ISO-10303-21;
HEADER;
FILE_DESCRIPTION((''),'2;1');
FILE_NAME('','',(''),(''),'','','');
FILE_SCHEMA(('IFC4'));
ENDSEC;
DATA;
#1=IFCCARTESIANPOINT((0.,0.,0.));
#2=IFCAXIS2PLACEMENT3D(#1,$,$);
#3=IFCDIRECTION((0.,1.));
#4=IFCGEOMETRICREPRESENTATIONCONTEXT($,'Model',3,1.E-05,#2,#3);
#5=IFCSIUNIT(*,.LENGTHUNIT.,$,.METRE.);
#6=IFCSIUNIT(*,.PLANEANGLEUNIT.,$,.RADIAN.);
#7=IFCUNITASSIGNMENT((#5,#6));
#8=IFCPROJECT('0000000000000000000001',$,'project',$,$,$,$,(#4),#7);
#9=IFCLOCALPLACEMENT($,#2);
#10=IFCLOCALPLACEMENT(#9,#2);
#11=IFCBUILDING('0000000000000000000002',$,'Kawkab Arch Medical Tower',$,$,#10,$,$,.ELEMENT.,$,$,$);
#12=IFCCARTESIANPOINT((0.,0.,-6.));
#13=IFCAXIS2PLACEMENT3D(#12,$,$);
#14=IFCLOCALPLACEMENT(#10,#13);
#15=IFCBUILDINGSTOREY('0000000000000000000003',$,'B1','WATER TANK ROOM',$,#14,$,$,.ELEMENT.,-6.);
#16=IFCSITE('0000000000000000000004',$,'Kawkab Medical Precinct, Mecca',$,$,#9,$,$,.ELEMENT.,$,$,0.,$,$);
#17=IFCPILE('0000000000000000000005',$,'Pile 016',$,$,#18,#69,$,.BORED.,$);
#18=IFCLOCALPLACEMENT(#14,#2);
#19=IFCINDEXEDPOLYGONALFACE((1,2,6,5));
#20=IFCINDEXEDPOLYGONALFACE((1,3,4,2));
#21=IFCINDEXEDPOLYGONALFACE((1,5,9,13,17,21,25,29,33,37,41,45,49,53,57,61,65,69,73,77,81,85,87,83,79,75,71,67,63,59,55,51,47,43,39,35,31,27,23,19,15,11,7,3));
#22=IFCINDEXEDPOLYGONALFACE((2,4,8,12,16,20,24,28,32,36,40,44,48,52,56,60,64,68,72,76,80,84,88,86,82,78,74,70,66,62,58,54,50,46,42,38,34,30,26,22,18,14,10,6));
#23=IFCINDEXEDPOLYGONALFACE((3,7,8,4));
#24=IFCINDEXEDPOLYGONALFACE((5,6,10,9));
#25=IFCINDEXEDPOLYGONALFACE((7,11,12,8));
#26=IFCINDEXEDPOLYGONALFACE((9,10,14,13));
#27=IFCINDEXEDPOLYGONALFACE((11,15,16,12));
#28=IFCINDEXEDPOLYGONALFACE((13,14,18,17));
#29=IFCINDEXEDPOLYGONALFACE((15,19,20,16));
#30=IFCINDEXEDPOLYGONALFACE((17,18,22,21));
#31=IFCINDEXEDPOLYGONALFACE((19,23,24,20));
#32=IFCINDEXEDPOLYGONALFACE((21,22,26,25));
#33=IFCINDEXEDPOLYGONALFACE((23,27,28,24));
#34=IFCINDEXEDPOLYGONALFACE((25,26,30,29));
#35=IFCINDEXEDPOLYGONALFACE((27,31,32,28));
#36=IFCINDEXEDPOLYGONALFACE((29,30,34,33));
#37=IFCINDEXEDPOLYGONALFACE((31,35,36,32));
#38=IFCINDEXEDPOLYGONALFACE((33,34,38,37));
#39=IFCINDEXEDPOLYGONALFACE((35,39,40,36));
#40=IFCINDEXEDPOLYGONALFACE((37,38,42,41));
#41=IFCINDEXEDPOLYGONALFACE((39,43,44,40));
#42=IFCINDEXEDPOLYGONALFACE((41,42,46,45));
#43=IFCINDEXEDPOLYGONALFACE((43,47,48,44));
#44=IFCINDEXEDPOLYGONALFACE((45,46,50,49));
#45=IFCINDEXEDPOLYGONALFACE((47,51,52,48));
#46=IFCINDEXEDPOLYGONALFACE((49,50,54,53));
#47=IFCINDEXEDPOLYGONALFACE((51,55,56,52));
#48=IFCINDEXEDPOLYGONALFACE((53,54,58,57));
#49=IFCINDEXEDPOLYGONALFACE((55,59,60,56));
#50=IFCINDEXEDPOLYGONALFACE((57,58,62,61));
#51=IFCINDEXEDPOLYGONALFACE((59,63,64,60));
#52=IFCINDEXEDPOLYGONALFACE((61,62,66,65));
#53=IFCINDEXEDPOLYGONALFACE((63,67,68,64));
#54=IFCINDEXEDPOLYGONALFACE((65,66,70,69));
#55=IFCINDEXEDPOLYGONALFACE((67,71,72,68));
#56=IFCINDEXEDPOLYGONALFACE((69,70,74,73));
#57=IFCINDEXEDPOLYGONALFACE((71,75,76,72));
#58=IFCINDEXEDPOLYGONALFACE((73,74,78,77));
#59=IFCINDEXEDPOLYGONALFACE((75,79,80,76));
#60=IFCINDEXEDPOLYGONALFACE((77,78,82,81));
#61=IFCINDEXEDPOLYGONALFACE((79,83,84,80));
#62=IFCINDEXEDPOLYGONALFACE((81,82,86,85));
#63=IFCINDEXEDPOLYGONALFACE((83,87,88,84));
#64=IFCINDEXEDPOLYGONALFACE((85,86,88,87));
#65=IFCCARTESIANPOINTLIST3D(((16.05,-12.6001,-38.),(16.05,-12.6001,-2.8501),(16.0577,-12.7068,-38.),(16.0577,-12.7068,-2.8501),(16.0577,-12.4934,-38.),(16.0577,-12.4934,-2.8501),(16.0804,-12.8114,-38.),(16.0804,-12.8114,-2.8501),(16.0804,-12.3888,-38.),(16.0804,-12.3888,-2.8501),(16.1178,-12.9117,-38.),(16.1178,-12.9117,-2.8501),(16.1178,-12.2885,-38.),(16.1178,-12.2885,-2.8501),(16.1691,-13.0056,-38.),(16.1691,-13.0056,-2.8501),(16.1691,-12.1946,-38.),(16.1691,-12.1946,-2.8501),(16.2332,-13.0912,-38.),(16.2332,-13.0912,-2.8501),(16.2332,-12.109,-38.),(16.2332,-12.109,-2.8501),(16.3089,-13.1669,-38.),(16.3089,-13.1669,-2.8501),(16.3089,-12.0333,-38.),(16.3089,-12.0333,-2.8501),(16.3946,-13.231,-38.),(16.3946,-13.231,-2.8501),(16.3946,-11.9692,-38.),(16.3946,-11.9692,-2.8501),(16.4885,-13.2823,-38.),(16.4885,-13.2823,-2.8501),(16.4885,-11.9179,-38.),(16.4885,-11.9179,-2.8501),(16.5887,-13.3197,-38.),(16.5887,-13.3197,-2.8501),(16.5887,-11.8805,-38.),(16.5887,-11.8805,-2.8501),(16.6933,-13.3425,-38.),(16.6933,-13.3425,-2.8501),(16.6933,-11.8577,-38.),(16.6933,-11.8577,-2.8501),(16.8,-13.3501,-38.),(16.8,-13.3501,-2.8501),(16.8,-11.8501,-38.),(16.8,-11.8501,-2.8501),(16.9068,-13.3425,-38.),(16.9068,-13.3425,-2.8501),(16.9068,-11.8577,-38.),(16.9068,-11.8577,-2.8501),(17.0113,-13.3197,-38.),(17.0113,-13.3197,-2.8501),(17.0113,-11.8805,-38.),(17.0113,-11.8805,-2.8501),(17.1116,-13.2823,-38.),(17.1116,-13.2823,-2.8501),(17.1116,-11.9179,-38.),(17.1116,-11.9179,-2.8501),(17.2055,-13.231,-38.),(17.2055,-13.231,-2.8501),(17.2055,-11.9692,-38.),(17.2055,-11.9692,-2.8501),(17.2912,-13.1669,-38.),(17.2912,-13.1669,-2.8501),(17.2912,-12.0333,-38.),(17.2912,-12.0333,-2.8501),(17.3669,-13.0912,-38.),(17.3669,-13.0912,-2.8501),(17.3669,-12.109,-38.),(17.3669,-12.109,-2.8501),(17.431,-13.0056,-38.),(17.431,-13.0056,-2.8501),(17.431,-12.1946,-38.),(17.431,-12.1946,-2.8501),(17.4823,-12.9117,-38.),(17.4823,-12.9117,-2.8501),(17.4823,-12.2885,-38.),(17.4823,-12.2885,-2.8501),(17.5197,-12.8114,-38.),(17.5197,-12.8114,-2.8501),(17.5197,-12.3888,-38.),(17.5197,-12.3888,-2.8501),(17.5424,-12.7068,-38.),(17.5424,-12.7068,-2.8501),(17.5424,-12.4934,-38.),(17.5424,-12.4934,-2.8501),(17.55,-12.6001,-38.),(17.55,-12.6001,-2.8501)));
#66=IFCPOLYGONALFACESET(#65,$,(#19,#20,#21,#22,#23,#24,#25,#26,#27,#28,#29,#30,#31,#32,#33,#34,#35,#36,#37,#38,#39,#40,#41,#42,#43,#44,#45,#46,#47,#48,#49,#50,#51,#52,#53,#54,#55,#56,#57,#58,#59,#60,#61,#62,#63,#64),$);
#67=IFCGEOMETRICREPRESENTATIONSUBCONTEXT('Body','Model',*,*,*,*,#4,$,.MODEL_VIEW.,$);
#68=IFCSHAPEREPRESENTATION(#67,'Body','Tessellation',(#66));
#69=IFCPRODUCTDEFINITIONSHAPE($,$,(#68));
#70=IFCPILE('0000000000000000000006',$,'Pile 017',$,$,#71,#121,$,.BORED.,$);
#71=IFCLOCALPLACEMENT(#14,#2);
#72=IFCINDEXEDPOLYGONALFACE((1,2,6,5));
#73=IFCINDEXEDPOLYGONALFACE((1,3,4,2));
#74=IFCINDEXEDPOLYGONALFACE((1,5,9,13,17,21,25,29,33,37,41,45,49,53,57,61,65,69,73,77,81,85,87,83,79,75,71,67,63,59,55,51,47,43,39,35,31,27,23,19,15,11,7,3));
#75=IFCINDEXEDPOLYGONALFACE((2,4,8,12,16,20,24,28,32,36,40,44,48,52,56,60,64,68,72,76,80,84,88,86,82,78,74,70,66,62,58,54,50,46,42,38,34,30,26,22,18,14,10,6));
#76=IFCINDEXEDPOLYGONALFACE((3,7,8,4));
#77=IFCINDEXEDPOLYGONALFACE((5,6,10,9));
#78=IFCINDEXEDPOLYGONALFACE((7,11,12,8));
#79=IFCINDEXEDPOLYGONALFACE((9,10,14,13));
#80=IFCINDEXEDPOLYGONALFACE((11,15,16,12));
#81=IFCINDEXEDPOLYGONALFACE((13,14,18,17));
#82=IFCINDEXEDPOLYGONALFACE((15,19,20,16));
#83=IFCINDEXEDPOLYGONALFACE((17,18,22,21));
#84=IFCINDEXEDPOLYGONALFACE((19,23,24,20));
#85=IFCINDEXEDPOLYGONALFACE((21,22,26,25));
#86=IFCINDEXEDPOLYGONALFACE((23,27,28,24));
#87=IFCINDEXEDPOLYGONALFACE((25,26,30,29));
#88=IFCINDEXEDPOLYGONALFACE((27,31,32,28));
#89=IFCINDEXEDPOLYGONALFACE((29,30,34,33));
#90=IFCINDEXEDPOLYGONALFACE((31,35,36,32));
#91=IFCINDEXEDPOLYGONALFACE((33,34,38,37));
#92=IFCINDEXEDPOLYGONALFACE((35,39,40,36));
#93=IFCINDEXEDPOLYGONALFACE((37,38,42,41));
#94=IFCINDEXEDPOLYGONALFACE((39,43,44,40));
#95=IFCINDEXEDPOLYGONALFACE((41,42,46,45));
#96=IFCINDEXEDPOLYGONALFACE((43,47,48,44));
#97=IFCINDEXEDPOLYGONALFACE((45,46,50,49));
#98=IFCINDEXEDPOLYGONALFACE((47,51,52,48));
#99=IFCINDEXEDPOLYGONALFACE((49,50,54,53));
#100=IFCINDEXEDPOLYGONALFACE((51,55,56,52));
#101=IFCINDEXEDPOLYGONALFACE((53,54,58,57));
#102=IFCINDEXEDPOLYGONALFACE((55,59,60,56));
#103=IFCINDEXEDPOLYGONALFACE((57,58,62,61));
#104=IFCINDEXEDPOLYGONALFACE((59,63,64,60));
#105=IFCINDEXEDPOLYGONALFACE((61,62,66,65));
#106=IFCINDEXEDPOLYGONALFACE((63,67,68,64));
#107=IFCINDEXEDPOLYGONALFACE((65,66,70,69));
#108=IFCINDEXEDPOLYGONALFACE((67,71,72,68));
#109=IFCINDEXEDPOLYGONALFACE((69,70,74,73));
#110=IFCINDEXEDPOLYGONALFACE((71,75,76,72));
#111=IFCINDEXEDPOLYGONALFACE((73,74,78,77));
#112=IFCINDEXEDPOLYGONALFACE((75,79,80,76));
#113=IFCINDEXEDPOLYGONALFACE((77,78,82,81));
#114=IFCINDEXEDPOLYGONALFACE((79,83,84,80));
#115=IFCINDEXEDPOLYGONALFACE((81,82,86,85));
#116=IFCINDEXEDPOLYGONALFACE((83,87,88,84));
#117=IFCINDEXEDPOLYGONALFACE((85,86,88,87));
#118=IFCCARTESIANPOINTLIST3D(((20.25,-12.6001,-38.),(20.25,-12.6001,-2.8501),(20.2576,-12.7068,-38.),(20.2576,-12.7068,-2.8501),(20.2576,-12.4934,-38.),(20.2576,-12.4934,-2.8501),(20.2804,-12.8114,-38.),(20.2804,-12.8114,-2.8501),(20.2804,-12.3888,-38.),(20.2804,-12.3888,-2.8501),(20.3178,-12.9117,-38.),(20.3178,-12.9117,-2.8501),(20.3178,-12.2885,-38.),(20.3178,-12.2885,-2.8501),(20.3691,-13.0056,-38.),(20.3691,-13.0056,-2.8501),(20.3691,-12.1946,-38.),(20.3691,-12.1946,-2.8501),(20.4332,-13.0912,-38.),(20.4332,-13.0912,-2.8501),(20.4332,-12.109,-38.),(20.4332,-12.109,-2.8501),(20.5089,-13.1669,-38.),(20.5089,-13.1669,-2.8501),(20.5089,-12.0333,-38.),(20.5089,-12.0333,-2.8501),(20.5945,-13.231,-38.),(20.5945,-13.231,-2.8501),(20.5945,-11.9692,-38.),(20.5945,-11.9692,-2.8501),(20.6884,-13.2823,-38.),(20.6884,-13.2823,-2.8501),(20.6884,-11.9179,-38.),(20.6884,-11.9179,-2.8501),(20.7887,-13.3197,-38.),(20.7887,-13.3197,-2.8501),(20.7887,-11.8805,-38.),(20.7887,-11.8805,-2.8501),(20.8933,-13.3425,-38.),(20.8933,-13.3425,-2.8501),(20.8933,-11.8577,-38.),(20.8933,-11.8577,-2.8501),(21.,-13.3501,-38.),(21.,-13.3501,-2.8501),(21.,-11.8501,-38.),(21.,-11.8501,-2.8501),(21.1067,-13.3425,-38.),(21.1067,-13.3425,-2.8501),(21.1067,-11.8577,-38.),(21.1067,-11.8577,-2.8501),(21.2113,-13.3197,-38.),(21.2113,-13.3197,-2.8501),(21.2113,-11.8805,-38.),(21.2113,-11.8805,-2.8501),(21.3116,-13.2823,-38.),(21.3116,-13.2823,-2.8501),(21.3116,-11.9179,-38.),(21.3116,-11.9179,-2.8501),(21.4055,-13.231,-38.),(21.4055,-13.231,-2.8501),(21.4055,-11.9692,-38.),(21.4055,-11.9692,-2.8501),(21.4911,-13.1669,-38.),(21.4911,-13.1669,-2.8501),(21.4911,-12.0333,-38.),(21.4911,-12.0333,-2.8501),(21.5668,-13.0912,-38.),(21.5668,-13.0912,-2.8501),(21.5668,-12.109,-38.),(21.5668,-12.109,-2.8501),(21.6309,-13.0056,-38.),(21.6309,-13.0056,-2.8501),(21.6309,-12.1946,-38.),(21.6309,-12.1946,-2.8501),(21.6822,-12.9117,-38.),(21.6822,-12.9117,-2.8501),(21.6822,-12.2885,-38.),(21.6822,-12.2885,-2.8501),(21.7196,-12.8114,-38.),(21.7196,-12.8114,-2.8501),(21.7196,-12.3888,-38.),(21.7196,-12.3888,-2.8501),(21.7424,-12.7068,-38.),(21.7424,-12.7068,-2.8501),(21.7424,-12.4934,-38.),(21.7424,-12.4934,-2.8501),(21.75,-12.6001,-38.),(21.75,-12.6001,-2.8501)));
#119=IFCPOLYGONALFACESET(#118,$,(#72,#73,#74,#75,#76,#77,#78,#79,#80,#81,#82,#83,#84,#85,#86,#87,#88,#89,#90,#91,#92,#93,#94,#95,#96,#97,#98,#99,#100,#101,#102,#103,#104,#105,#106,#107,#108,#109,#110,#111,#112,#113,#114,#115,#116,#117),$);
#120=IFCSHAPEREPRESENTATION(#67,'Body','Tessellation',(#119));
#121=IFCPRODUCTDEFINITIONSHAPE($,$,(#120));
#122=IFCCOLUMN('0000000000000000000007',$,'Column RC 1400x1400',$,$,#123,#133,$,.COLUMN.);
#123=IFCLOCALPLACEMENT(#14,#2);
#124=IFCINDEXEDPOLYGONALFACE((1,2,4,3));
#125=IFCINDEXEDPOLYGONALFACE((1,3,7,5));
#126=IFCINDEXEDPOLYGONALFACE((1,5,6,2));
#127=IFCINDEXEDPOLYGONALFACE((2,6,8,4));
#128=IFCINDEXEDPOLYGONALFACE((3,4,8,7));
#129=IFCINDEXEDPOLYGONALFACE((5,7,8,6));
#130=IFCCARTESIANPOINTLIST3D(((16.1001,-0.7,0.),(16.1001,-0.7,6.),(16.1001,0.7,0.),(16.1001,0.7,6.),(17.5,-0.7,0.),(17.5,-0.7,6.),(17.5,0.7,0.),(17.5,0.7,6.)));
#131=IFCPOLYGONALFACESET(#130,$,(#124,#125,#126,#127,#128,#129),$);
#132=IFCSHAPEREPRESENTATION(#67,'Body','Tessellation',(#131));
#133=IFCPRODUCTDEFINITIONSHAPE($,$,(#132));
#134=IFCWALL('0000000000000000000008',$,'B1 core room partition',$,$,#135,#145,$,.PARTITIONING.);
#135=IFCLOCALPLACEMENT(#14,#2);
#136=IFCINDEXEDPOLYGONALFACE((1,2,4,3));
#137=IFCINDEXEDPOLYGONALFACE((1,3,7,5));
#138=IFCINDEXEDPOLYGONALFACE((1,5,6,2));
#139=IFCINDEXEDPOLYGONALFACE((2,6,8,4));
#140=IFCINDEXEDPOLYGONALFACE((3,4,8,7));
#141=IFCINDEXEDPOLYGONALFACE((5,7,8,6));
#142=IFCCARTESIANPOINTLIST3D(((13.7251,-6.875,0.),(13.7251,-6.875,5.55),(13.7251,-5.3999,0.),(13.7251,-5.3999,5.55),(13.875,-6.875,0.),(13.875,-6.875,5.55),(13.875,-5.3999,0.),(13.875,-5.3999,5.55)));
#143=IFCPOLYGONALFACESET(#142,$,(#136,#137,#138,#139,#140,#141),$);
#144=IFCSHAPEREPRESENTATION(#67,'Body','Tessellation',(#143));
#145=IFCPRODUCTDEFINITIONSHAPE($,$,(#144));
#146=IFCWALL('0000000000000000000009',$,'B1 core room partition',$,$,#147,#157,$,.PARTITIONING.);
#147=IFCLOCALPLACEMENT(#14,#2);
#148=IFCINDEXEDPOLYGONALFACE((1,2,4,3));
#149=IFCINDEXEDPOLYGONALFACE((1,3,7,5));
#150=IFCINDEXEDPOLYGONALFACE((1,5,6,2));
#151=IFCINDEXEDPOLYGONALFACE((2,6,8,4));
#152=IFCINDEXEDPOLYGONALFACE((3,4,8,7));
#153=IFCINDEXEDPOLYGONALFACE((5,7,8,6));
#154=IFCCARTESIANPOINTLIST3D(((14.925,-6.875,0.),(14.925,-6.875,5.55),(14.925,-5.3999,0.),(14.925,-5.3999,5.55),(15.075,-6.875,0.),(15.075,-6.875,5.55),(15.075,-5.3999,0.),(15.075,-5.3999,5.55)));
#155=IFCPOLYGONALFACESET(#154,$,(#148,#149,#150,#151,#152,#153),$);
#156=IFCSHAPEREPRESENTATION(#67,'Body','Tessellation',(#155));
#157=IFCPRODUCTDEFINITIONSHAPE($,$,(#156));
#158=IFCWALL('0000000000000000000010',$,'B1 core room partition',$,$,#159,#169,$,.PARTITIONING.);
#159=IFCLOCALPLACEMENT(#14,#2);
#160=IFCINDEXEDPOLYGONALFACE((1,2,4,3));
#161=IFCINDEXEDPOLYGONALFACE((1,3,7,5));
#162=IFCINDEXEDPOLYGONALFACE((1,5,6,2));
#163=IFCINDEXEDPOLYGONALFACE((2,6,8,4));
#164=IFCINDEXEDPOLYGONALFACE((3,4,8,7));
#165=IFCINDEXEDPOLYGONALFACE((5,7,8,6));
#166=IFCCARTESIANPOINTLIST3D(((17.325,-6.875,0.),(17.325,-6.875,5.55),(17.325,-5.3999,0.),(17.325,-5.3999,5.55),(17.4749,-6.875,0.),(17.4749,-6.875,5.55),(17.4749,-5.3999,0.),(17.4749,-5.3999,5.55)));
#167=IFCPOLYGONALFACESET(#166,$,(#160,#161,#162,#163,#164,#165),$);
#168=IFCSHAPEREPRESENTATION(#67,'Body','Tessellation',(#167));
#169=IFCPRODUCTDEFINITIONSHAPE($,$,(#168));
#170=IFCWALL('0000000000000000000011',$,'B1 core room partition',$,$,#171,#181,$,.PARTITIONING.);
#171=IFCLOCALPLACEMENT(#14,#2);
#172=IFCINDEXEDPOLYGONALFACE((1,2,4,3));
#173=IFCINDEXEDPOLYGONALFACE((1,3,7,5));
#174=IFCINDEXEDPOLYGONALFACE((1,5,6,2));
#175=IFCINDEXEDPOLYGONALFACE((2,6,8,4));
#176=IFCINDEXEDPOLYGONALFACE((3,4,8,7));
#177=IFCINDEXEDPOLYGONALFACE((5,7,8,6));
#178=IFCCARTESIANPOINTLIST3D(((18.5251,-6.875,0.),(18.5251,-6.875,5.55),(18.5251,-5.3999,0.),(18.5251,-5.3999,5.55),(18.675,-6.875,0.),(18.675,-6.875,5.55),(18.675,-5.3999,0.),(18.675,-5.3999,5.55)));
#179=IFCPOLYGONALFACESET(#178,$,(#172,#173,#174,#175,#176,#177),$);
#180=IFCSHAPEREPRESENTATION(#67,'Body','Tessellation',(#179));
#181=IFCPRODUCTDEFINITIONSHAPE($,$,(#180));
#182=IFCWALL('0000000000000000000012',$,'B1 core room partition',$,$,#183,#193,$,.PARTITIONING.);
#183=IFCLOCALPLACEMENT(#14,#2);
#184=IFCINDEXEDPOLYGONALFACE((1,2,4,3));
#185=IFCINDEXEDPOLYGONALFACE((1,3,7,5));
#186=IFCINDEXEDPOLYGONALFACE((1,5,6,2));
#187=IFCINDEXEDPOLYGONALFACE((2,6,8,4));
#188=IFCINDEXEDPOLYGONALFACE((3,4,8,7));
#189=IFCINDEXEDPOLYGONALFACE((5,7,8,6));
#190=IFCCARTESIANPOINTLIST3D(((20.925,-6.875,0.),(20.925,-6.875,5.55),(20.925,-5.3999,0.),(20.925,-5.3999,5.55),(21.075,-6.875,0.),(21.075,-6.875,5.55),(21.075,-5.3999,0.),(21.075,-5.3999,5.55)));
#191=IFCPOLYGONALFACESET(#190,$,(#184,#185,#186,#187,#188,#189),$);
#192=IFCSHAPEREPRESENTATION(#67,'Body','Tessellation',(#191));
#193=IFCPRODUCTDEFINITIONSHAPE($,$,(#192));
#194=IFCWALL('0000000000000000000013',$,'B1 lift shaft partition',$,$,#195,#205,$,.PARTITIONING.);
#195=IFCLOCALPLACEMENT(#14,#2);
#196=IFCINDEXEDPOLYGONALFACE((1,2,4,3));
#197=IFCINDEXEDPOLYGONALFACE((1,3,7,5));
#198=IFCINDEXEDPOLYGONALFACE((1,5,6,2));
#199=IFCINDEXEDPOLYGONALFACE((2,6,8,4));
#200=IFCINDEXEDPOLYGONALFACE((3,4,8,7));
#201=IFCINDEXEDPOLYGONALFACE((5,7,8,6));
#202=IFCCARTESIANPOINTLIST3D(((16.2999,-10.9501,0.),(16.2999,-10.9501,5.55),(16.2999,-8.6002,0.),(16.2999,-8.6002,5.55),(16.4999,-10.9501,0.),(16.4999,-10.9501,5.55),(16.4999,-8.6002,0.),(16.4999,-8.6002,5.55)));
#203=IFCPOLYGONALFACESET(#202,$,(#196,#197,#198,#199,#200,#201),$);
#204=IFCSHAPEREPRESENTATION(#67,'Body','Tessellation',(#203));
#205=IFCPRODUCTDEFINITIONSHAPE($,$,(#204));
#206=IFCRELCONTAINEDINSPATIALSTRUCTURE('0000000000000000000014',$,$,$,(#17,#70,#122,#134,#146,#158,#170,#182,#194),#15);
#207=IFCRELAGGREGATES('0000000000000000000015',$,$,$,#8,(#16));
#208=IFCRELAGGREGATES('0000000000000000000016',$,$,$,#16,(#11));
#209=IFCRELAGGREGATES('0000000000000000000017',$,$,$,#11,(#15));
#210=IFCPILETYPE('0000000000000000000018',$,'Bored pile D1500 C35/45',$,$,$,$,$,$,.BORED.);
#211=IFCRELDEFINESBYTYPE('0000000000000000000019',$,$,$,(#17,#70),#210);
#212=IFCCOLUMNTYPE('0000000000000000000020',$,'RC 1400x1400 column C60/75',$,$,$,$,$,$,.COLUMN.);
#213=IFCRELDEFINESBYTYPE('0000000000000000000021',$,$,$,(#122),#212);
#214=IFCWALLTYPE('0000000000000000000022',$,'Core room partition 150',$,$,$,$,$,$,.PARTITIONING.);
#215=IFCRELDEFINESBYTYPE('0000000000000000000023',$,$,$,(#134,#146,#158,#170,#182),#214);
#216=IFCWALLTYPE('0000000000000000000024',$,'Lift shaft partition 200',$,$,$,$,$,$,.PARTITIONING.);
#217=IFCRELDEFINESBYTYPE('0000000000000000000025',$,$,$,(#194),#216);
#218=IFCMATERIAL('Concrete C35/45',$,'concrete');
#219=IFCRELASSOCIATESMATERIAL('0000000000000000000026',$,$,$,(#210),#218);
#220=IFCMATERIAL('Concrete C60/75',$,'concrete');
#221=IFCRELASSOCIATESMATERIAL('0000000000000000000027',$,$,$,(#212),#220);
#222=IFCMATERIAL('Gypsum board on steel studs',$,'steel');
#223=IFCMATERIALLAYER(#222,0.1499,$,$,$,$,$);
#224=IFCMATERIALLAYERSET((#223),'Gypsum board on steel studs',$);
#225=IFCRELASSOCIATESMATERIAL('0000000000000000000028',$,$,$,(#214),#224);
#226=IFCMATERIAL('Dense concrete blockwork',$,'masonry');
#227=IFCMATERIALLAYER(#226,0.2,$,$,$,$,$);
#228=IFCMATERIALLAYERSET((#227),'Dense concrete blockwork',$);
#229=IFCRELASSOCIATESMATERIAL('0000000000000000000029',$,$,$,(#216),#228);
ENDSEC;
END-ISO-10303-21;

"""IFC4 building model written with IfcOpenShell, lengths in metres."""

from ifc_helpers import new_model, si_unit, direction, frame, frame_2d, origin, origin_2d, place, context, subcontext, project, spatial, rectangle, circle, extrude, material, layer, layer_set, material_profile, profile_set, type_object, element, save


model = new_model("IFC4")

# Units and contexts
model_context = context("Model", 3, precision=1e-05, world=origin(), true_north=direction((0.0, 1.0)))
body_context = subcontext(model_context, "Body", "Model", "MODEL_VIEW")
ifc_project = project(units=[si_unit("LENGTHUNIT", "METRE"), si_unit("PLANEANGLEUNIT", "RADIAN")], contexts=[model_context])

# Site, building, storey
site_placement = place(None, origin())
site = spatial("IfcSite", under=ifc_project, at=site_placement, Name="Kawkab Medical Precinct, Mecca", CompositionType="ELEMENT", RefElevation=0.0)
building_placement = place(site_placement, origin())
building = spatial("IfcBuilding", under=site, at=building_placement, Name="Kawkab Arch Medical Tower", CompositionType="ELEMENT")
storey_placement = place(building_placement, frame((0.0, 0.0, -6.0)))
storey = spatial("IfcBuildingStorey", under=building, at=storey_placement, Name="B1", Description="WATER TANK ROOM", CompositionType="ELEMENT", Elevation=-6.0)

# Piles
ifc_material_1 = material(Name="Concrete C35/45", Category="concrete")
ifc_material_profile_1 = material_profile(ifc_material_1, circle(Radius=0.75, at=origin_2d()), Name="Bored pile D1500")
ifc_profile_set_1 = profile_set([ifc_material_profile_1], Name="Concrete C35/45")
pile_type_1 = type_object("IfcPileType", Name="Bored pile D1500 C35/45", PredefinedType="BORED", material=ifc_profile_set_1)
for number, where, z_axis, x_axis, name in (
    (1, (16.8, -12.6001, -2.8501), (0.0, 0.0, -1.0), (1.0, 0.0, 0.0), "Pile 016"),
    (2, (21.0, -12.6001, -2.8501), (0.0, 0.0, -1.0), (1.0, 0.0, 0.0), "Pile 017"),
):
    element("IfcPile", number, at=place(storey_placement, frame(where, z_axis=z_axis, x_axis=x_axis)), inside=storey, type_object=pile_type_1, Name=name, PredefinedType="BORED", context=body_context, shape_type="SweptSolid", body=[
        extrude(circle(Radius=0.75, at=origin_2d()), origin(), (0.0, 0.0, 1.0), 35.1499),
    ])

# Column
ifc_material_2 = material(Name="Concrete C60/75", Category="concrete")
ifc_material_profile_2 = material_profile(ifc_material_2, rectangle(XDim=1.3999, YDim=1.3999, at=origin_2d()), Name="RC 1400x1400")
ifc_profile_set_2 = profile_set([ifc_material_profile_2], Name="Concrete C60/75")
column_type = type_object("IfcColumnType", Name="RC 1400x1400 column C60/75", PredefinedType="COLUMN", material=ifc_profile_set_2)
column_placement = place(storey_placement, frame((16.8, 0.0, 0.0), z_axis=(0.0, 0.0, 1.0), x_axis=(1.0, 0.0, 0.0)))
element("IfcColumn", 3, at=column_placement, inside=storey, type_object=column_type, Name="Column RC 1400x1400", PredefinedType="COLUMN", context=body_context, shape_type="SweptSolid", body=[
    extrude(rectangle(XDim=1.3999, YDim=1.3999, at=origin_2d()), origin(), (0.0, 0.0, 1.0), 6.0),
])

# Walls
ifc_material_3 = material(Name="Gypsum board on steel studs", Category="steel")
ifc_layer_1 = layer(ifc_material_3, 0.1499)
ifc_layer_set_1 = layer_set([ifc_layer_1], Name="Gypsum board on steel studs")
wall_type_1 = type_object("IfcWallType", Name="Core room partition 150", PredefinedType="PARTITIONING", material=ifc_layer_set_1)
for number, where, z_axis, x_axis, name in (
    (4, (13.8, -6.875, 0.0), (0.0, 0.0, 1.0), (0.0, 1.0, 0.0), "B1 core room partition"),
    (5, (15.0, -6.875, 0.0), (0.0, 0.0, 1.0), (0.0, 1.0, 0.0), "B1 core room partition"),
    (6, (17.3999, -6.875, 0.0), (0.0, 0.0, 1.0), (0.0, 1.0, 0.0), "B1 core room partition"),
    (7, (18.6001, -6.875, 0.0), (0.0, 0.0, 1.0), (0.0, 1.0, 0.0), "B1 core room partition"),
    (8, (21.0, -6.875, 0.0), (0.0, 0.0, 1.0), (0.0, 1.0, 0.0), "B1 core room partition"),
):
    element("IfcWall", number, at=place(storey_placement, frame(where, z_axis=z_axis, x_axis=x_axis)), inside=storey, type_object=wall_type_1, Name=name, PredefinedType="PARTITIONING", context=body_context, shape_type="SweptSolid", body=[
        extrude(rectangle(XDim=1.4751, YDim=0.1499, at=frame_2d((0.7375, 0.0))), origin(), (0.0, 0.0, 1.0), 5.55),
    ])
ifc_material_4 = material(Name="Dense concrete blockwork", Category="masonry")
ifc_layer_2 = layer(ifc_material_4, 0.2)
ifc_layer_set_2 = layer_set([ifc_layer_2], Name="Dense concrete blockwork")
wall_type_2 = type_object("IfcWallType", Name="Lift shaft partition 200", PredefinedType="PARTITIONING", material=ifc_layer_set_2)
for number, where, z_axis, x_axis, name in (
    (9, (16.3999, -10.95, 0.0), (0.0, 0.0, 1.0), (0.0, 1.0, 0.0), "B1 lift shaft partition"),
):
    element("IfcWall", number, at=place(storey_placement, frame(where, z_axis=z_axis, x_axis=x_axis)), inside=storey, type_object=wall_type_2, Name=name, PredefinedType="PARTITIONING", context=body_context, shape_type="SweptSolid", body=[
        extrude(rectangle(XDim=2.3499, YDim=0.2, at=frame_2d((1.1748, 0.0))), origin(), (0.0, 0.0, 1.0), 5.55),
    ])

save(model, "model.ifc")
